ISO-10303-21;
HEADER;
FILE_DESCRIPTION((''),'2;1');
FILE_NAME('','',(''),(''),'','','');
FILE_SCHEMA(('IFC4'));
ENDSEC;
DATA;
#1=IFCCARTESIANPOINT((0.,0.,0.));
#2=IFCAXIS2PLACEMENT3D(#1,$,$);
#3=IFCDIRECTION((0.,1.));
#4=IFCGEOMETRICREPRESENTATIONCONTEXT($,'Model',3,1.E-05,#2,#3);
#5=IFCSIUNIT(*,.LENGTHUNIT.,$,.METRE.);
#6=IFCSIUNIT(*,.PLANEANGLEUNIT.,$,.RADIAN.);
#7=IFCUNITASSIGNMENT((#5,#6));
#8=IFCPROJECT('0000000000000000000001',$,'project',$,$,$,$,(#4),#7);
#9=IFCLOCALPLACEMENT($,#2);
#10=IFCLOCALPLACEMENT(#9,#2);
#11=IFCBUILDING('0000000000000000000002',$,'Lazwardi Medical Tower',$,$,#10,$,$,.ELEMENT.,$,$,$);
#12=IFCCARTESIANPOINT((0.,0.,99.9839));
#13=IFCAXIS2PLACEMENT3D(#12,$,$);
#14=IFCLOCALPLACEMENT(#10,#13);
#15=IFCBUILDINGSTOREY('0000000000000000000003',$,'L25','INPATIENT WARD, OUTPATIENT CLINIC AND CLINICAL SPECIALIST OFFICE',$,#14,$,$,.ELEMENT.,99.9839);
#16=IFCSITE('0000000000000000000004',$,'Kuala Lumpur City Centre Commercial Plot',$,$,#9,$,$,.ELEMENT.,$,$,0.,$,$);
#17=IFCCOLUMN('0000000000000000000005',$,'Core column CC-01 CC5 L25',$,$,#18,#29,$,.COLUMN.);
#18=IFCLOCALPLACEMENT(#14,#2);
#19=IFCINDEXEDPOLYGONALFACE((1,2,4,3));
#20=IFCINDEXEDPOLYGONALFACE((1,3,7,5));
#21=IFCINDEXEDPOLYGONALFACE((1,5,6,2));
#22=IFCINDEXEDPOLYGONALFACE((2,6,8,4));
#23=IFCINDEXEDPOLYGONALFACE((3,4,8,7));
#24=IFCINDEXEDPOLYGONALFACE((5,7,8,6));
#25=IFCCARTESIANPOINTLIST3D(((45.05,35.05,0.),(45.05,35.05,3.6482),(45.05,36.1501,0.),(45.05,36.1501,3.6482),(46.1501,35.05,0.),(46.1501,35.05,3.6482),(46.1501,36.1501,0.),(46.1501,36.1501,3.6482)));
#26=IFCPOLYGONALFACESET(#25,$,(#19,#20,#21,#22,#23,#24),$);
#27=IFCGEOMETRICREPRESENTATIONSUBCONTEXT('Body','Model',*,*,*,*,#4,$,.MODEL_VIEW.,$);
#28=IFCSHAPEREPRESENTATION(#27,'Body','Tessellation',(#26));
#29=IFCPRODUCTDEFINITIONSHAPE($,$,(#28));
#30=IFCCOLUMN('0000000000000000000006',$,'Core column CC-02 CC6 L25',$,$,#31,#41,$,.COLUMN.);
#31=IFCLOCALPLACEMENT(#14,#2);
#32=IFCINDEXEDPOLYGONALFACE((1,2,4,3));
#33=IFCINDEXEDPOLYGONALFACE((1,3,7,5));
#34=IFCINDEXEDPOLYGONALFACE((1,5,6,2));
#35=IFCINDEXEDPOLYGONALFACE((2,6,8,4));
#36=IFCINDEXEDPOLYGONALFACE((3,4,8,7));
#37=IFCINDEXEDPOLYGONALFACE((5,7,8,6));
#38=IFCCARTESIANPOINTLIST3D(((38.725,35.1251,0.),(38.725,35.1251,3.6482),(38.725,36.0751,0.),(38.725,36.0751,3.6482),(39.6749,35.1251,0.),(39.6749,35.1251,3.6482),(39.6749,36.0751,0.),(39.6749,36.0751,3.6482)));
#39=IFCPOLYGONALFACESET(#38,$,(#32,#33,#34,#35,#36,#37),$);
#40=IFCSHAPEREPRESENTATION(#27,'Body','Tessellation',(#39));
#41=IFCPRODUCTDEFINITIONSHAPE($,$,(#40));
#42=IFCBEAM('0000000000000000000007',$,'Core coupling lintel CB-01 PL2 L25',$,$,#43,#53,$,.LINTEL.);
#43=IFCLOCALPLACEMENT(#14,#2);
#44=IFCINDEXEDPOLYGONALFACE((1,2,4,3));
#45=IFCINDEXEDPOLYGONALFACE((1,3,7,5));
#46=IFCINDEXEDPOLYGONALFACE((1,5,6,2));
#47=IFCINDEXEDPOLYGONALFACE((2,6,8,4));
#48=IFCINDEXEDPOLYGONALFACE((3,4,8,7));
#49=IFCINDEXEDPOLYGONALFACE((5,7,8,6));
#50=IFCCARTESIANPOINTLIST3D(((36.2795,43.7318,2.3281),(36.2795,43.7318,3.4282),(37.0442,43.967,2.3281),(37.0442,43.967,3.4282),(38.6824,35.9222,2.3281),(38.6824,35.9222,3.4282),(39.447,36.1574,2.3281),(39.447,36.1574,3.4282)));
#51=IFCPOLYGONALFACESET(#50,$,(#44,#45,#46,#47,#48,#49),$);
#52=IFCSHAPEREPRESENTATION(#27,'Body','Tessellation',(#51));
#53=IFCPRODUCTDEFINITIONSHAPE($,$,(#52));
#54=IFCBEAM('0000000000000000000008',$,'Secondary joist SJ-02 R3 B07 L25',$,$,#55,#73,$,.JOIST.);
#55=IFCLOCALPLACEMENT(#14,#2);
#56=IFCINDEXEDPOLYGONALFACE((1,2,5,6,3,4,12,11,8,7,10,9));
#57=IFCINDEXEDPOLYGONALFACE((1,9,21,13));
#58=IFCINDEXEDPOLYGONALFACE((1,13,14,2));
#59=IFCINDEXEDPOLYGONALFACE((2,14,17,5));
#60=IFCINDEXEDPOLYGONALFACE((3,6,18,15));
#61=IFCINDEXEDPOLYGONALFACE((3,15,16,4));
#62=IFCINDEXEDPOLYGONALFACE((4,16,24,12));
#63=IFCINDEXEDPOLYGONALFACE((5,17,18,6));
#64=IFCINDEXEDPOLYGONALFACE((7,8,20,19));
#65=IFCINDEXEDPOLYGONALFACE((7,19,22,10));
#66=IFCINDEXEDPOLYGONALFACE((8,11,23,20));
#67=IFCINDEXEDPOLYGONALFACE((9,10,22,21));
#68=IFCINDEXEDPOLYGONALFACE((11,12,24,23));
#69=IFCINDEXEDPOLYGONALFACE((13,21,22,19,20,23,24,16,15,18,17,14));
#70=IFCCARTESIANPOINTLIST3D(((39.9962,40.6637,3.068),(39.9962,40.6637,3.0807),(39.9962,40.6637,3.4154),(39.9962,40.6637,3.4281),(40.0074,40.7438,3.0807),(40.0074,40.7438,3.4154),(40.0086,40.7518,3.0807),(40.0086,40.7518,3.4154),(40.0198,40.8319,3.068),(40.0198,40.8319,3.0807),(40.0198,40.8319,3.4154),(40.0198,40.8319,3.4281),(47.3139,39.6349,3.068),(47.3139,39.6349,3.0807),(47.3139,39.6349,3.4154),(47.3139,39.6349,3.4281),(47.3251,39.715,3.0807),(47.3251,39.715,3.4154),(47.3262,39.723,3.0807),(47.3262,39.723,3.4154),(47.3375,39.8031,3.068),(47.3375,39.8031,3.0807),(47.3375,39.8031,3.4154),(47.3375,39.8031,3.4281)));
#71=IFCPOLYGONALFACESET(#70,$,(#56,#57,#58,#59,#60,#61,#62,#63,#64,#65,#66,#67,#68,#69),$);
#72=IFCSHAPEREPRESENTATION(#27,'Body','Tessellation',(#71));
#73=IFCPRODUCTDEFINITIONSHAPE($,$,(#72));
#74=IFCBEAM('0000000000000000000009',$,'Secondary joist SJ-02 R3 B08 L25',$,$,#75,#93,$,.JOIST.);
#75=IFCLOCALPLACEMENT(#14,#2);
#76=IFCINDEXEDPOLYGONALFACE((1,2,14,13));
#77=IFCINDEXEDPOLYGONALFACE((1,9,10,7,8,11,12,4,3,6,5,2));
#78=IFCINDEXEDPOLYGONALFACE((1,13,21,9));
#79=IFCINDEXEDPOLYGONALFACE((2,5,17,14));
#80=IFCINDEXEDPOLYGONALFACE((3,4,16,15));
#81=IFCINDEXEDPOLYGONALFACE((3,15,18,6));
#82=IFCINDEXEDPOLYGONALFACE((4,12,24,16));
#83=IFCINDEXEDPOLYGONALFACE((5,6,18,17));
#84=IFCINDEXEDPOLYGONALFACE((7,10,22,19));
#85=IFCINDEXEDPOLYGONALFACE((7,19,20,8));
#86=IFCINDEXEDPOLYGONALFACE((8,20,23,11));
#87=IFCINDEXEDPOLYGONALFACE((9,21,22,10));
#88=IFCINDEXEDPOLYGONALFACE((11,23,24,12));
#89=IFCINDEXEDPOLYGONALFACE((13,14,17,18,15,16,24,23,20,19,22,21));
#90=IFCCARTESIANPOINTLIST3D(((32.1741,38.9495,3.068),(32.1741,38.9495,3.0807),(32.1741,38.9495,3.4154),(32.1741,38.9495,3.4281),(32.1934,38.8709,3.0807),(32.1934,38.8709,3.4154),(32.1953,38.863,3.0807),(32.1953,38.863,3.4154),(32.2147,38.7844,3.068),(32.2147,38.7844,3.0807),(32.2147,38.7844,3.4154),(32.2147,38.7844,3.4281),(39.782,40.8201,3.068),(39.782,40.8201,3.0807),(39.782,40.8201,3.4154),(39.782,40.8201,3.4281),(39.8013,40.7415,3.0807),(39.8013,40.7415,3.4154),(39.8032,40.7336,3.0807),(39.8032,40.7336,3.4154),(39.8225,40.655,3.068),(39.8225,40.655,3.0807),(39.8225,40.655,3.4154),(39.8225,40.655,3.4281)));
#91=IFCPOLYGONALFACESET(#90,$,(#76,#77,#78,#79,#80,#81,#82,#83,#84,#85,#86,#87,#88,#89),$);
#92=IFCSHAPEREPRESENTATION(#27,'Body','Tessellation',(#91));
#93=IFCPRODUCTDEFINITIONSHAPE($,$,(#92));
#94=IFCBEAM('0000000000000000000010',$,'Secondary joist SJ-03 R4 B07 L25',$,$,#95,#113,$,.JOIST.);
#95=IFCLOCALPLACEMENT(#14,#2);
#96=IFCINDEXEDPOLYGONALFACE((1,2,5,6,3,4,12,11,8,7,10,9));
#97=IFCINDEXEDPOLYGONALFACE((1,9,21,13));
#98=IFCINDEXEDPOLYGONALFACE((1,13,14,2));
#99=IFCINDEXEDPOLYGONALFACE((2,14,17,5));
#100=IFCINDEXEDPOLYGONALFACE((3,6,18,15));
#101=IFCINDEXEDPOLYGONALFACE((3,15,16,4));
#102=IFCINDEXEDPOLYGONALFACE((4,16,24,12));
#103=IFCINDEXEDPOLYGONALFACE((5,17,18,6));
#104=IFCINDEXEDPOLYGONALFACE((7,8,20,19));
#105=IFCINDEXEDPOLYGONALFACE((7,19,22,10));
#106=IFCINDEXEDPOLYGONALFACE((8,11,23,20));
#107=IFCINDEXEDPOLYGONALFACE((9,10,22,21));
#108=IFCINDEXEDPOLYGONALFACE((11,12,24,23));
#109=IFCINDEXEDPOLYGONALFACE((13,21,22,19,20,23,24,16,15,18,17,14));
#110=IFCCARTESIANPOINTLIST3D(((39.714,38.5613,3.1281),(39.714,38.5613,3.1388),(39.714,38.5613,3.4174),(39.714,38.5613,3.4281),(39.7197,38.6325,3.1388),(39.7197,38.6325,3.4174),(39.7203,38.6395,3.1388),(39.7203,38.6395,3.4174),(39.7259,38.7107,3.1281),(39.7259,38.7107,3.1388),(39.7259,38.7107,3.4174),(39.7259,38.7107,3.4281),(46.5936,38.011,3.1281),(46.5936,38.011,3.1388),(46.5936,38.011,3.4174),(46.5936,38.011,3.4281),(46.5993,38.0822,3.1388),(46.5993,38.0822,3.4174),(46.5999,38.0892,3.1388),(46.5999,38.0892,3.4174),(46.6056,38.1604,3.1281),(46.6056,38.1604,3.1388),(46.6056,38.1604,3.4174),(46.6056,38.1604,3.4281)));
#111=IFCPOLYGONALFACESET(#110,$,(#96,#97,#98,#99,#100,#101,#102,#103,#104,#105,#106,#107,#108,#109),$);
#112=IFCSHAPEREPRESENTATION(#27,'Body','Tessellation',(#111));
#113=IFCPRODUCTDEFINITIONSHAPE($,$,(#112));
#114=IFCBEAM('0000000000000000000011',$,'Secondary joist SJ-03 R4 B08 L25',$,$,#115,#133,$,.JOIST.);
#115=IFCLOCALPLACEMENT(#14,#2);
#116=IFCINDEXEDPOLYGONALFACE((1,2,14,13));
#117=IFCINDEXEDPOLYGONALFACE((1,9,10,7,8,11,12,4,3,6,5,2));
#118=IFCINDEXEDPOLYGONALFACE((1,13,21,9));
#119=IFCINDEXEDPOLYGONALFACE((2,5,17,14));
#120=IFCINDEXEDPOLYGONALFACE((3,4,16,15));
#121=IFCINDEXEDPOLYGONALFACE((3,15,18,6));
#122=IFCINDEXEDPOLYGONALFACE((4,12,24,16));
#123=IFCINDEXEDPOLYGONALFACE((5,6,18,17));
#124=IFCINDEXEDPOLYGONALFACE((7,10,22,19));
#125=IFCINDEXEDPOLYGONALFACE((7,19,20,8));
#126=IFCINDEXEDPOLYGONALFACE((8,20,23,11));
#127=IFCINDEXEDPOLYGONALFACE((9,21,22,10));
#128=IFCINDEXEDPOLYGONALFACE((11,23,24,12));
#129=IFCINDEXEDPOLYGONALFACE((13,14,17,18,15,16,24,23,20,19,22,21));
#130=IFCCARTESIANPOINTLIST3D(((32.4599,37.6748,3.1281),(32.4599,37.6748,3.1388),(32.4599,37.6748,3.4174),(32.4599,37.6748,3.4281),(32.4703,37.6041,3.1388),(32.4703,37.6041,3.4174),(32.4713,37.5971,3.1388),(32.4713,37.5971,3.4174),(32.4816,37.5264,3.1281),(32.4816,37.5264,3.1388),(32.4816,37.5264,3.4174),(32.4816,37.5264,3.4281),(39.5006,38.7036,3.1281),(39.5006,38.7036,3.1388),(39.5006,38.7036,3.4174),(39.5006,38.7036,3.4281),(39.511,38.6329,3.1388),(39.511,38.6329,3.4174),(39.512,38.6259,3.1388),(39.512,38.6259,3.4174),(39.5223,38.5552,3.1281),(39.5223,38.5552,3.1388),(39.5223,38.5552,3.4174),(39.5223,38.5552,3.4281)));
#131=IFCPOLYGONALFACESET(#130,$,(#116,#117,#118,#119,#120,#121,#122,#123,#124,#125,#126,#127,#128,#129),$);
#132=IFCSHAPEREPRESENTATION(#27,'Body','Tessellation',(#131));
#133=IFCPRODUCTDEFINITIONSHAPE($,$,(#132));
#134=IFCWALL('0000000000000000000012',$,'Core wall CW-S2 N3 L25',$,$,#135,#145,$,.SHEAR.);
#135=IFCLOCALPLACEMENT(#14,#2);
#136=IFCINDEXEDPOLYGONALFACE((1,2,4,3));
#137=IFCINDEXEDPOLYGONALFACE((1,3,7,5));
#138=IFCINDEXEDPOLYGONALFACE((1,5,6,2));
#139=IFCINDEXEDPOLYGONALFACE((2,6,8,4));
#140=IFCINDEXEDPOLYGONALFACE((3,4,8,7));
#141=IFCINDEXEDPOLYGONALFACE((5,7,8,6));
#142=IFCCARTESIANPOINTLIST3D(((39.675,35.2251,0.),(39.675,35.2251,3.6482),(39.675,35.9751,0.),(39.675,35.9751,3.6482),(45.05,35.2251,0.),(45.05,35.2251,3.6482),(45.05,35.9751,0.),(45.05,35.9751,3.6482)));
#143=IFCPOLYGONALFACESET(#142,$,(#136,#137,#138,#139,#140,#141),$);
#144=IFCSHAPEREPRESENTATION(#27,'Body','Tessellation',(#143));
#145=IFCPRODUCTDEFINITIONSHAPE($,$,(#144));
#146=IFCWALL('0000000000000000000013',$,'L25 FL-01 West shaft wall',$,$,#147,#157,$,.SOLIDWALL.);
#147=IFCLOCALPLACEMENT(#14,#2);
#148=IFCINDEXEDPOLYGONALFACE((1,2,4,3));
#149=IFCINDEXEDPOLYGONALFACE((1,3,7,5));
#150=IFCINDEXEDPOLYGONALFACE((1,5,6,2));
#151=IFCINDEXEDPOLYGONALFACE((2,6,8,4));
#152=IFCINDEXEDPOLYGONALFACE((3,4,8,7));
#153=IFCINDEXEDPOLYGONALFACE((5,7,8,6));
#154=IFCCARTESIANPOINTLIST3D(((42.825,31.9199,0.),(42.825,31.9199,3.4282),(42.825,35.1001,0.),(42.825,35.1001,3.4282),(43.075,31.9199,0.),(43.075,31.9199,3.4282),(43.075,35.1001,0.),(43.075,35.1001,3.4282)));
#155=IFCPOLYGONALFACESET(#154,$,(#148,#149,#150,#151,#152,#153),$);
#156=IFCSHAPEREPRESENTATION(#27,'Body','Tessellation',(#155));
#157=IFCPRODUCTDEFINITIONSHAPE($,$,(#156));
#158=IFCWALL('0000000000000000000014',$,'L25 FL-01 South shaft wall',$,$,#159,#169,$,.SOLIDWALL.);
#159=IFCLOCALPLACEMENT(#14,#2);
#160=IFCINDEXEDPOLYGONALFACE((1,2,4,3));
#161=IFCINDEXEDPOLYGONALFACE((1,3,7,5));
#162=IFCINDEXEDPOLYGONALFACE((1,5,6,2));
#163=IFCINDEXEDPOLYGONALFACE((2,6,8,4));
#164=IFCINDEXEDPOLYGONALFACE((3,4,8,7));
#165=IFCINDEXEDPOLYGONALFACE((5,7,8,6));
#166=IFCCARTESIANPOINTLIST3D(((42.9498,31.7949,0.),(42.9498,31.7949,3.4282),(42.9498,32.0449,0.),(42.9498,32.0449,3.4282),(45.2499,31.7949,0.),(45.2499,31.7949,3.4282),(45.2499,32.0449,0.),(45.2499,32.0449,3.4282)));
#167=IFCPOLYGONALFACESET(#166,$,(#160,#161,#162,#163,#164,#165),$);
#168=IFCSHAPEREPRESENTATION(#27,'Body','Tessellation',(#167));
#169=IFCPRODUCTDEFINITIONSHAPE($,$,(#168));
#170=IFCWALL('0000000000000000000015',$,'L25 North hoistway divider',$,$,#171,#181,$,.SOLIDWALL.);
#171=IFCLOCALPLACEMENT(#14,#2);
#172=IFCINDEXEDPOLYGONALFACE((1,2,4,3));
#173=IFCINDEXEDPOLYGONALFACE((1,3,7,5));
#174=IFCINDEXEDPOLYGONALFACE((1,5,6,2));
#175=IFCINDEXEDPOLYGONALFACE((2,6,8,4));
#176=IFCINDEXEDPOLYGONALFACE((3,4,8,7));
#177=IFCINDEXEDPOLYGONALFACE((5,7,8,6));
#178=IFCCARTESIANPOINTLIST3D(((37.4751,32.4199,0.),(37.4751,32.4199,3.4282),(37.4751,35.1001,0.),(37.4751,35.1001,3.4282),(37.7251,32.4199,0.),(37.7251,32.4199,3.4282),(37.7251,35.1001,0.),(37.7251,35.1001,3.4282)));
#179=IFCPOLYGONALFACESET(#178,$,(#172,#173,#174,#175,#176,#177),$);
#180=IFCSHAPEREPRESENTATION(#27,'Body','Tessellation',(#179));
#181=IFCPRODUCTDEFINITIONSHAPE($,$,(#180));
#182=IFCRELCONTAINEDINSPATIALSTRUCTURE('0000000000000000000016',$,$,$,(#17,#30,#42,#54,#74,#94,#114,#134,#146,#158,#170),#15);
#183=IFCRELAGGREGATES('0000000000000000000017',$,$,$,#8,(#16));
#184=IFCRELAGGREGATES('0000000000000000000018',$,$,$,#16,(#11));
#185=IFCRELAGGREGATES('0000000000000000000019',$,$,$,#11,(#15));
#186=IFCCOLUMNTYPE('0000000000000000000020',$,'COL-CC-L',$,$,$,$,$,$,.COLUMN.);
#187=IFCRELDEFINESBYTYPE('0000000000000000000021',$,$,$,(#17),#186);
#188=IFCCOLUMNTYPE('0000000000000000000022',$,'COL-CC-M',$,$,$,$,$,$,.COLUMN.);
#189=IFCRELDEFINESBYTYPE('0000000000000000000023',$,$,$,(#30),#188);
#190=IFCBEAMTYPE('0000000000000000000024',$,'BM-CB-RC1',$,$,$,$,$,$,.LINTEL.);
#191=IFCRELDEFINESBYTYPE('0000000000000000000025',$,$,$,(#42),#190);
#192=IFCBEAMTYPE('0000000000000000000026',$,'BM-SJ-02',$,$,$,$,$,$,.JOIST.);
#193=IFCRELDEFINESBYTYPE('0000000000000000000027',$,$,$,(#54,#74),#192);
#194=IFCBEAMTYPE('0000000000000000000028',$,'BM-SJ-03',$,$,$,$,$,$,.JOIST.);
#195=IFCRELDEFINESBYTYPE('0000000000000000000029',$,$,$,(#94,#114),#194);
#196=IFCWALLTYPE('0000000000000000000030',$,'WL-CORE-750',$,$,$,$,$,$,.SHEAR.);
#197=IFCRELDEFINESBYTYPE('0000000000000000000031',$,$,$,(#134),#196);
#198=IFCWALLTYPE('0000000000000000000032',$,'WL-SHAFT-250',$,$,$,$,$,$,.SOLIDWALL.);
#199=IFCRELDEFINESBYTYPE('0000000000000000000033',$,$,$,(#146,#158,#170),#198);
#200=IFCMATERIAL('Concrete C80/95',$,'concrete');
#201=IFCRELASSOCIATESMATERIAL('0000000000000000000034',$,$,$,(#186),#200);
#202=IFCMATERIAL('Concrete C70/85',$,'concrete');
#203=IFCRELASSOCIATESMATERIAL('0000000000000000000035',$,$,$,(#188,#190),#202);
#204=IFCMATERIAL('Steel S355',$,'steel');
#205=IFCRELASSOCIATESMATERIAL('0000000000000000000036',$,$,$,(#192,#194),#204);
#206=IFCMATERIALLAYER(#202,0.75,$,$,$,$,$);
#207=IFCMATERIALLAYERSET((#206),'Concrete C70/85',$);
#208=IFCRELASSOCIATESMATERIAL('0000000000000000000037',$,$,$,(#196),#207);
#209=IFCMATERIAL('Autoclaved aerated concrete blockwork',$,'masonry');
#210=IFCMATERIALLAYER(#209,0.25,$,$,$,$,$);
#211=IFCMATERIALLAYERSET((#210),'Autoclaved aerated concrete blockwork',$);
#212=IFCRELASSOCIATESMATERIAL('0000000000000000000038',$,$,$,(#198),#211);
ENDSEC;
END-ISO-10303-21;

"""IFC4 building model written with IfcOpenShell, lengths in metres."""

from ifc_helpers import new_model, si_unit, direction, frame, frame_2d, origin, origin_2d, place, context, subcontext, project, spatial, rectangle, i_section, extrude, material, layer, layer_set, material_profile, profile_set, type_object, element, save


model = new_model("IFC4")

# Units and contexts
model_context = context("Model", 3, precision=1e-05, world=origin(), true_north=direction((0.0, 1.0)))
body_context = subcontext(model_context, "Body", "Model", "MODEL_VIEW")
ifc_project = project(units=[si_unit("LENGTHUNIT", "METRE"), si_unit("PLANEANGLEUNIT", "RADIAN")], contexts=[model_context])

# Site, building, storey
site_placement = place(None, origin())
site = spatial("IfcSite", under=ifc_project, at=site_placement, Name="Kuala Lumpur City Centre Commercial Plot", CompositionType="ELEMENT", RefElevation=0.0)
building_placement = place(site_placement, origin())
building = spatial("IfcBuilding", under=site, at=building_placement, Name="Lazwardi Medical Tower", CompositionType="ELEMENT")
storey_placement = place(building_placement, frame((0.0, 0.0, 99.9839)))
storey = spatial("IfcBuildingStorey", under=building, at=storey_placement, Name="L25", Description="INPATIENT WARD, OUTPATIENT CLINIC AND CLINICAL SPECIALIST OFFICE", CompositionType="ELEMENT", Elevation=99.9839)

# Columns
ifc_material_1 = material(Name="Concrete C80/95", Category="concrete")
ifc_material_profile_1 = material_profile(ifc_material_1, rectangle(XDim=1.1001, YDim=1.1001, at=origin_2d()), Name="RC 1100x1100")
ifc_profile_set_1 = profile_set([ifc_material_profile_1], Name="Concrete C80/95")
column_type_1 = type_object("IfcColumnType", Name="COL-CC-L", PredefinedType="COLUMN", material=ifc_profile_set_1)
column_1_placement = place(storey_placement, frame((45.6001, 35.6001, 0.0), z_axis=(0.0, 0.0, 1.0), x_axis=(1.0, 0.0, 0.0)))
element("IfcColumn", 1, at=column_1_placement, inside=storey, type_object=column_type_1, Name="Core column CC-01 CC5 L25", PredefinedType="COLUMN", context=body_context, shape_type="SweptSolid", body=[
    extrude(rectangle(XDim=1.1001, YDim=1.1001, at=origin_2d()), origin(), (0.0, 0.0, 1.0), 3.6482),
])
ifc_material_2 = material(Name="Concrete C70/85", Category="concrete")
ifc_material_profile_2 = material_profile(ifc_material_2, rectangle(XDim=0.95, YDim=0.95, at=origin_2d()), Name="RC 950x950")
ifc_profile_set_2 = profile_set([ifc_material_profile_2], Name="Concrete C70/85")
column_type_2 = type_object("IfcColumnType", Name="COL-CC-M", PredefinedType="COLUMN", material=ifc_profile_set_2)
column_2_placement = place(storey_placement, frame((39.2, 35.6001, 0.0), z_axis=(0.0, 0.0, 1.0), x_axis=(1.0, 0.0, 0.0)))
element("IfcColumn", 2, at=column_2_placement, inside=storey, type_object=column_type_2, Name="Core column CC-02 CC6 L25", PredefinedType="COLUMN", context=body_context, shape_type="SweptSolid", body=[
    extrude(rectangle(XDim=0.95, YDim=0.95, at=origin_2d()), origin(), (0.0, 0.0, 1.0), 3.6482),
])

# Beams
ifc_material_profile_3 = material_profile(ifc_material_2, rectangle(XDim=0.8, YDim=1.1001, at=origin_2d()), Name="RC 800x1100")
ifc_profile_set_3 = profile_set([ifc_material_profile_3], Name="Concrete C70/85")
beam_type_1 = type_object("IfcBeamType", Name="BM-CB-RC1", PredefinedType="LINTEL", material=ifc_profile_set_3)
beam_1_placement = place(storey_placement, frame((39.0647, 36.0398, 2.8782), z_axis=(-0.294073, 0.955783, 0.0), x_axis=(-0.955783, -0.294073, 0.0)))
element("IfcBeam", 3, at=beam_1_placement, inside=storey, type_object=beam_type_1, Name="Core coupling lintel CB-01 PL2 L25", PredefinedType="LINTEL", context=body_context, shape_type="SweptSolid", body=[
    extrude(rectangle(XDim=0.8, YDim=1.1001, at=origin_2d()), origin(), (0.0, 0.0, 1.0), 8.1709),
])
ifc_material_3 = material(Name="Steel S355", Category="steel")
ifc_material_profile_4 = material_profile(ifc_material_3, i_section(OverallWidth=0.1699, OverallDepth=0.3601, WebThickness=0.0081, FlangeThickness=0.0127, at=origin_2d()), Name="IPE 360")
ifc_profile_set_4 = profile_set([ifc_material_profile_4], Name="Steel S355")
beam_type_2 = type_object("IfcBeamType", Name="BM-SJ-02", PredefinedType="JOIST", material=ifc_profile_set_4)
beam_2_placement = place(storey_placement, frame((47.3257, 39.719, 3.248), z_axis=(-0.990261, 0.139224, 0.0), x_axis=(-0.139224, -0.990261, 0.0)))
element("IfcBeam", 4, at=beam_2_placement, inside=storey, type_object=beam_type_2, Name="Secondary joist SJ-02 R3 B07 L25", PredefinedType="JOIST", context=body_context, shape_type="SweptSolid", body=[
    extrude(i_section(OverallWidth=0.1699, OverallDepth=0.3601, WebThickness=0.0081, FlangeThickness=0.0127, at=origin_2d()), origin(), (0.0, 0.0, 1.0), 7.3896),
])
beam_3_placement = place(storey_placement, frame((39.8022, 40.7375, 3.248), z_axis=(-0.971077, -0.238765, 0.0), x_axis=(0.238765, -0.971077, 0.0)))
element("IfcBeam", 5, at=beam_3_placement, inside=storey, type_object=beam_type_2, Name="Secondary joist SJ-02 R3 B08 L25", PredefinedType="JOIST", context=body_context, shape_type="SweptSolid", body=[
    extrude(i_section(OverallWidth=0.1699, OverallDepth=0.3601, WebThickness=0.0081, FlangeThickness=0.0127, at=origin_2d()), origin(), (0.0, 0.0, 1.0), 7.8345),
])
ifc_material_profile_5 = material_profile(ifc_material_3, i_section(OverallWidth=0.1499, OverallDepth=0.3, WebThickness=0.0071, FlangeThickness=0.0107, at=origin_2d()), Name="IPE 300")
ifc_profile_set_5 = profile_set([ifc_material_profile_5], Name="Steel S355")
beam_type_3 = type_object("IfcBeamType", Name="BM-SJ-03", PredefinedType="JOIST", material=ifc_profile_set_5)
beam_4_placement = place(storey_placement, frame((46.5996, 38.0857, 3.2781), z_axis=(-0.996816, 0.079734, 0.0), x_axis=(-0.079734, -0.996816, 0.0)))
element("IfcBeam", 6, at=beam_4_placement, inside=storey, type_object=beam_type_3, Name="Secondary joist SJ-03 R4 B07 L25", PredefinedType="JOIST", context=body_context, shape_type="SweptSolid", body=[
    extrude(i_section(OverallWidth=0.1499, OverallDepth=0.3, WebThickness=0.0071, FlangeThickness=0.0107, at=origin_2d()), origin(), (0.0, 0.0, 1.0), 6.9016),
])
beam_5_placement = place(storey_placement, frame((39.5115, 38.6294, 3.2781), z_axis=(-0.989492, -0.144586, 0.0), x_axis=(0.144586, -0.989492, 0.0)))
element("IfcBeam", 7, at=beam_5_placement, inside=storey, type_object=beam_type_3, Name="Secondary joist SJ-03 R4 B08 L25", PredefinedType="JOIST", context=body_context, shape_type="SweptSolid", body=[
    extrude(i_section(OverallWidth=0.1499, OverallDepth=0.3, WebThickness=0.0071, FlangeThickness=0.0107, at=origin_2d()), origin(), (0.0, 0.0, 1.0), 7.1155),
])

# Walls
ifc_layer_1 = layer(ifc_material_2, 0.75)
ifc_layer_set_1 = layer_set([ifc_layer_1], Name="Concrete C70/85")
wall_type_1 = type_object("IfcWallType", Name="WL-CORE-750", PredefinedType="SHEAR", material=ifc_layer_set_1)
wall_1_placement = place(storey_placement, frame((39.675, 35.6001, 0.0), z_axis=(0.0, 0.0, 1.0), x_axis=(1.0, 0.0, 0.0)))
element("IfcWall", 8, at=wall_1_placement, inside=storey, type_object=wall_type_1, Name="Core wall CW-S2 N3 L25", PredefinedType="SHEAR", context=body_context, shape_type="SweptSolid", body=[
    extrude(rectangle(XDim=5.375, YDim=0.75, at=frame_2d((2.6875, 0.0))), origin(), (0.0, 0.0, 1.0), 3.6482),
])
ifc_material_4 = material(Name="Autoclaved aerated concrete blockwork", Category="masonry")
ifc_layer_2 = layer(ifc_material_4, 0.25)
ifc_layer_set_2 = layer_set([ifc_layer_2], Name="Autoclaved aerated concrete blockwork")
wall_type_2 = type_object("IfcWallType", Name="WL-SHAFT-250", PredefinedType="SOLIDWALL", material=ifc_layer_set_2)
wall_2_placement = place(storey_placement, frame((42.95, 31.9199, 0.0), z_axis=(0.0, 0.0, 1.0), x_axis=(0.0, 1.0, 0.0)))
element("IfcWall", 9, at=wall_2_placement, inside=storey, type_object=wall_type_2, Name="L25 FL-01 West shaft wall", PredefinedType="SOLIDWALL", context=body_context, shape_type="SweptSolid", body=[
    extrude(rectangle(XDim=3.1802, YDim=0.25, at=frame_2d((1.5901, 0.0))), origin(), (0.0, 0.0, 1.0), 3.4282),
])
wall_3_placement = place(storey_placement, frame((42.95, 31.9199, 0.0), z_axis=(0.0, 0.0, 1.0), x_axis=(1.0, 0.0, 0.0)))
element("IfcWall", 10, at=wall_3_placement, inside=storey, type_object=wall_type_2, Name="L25 FL-01 South shaft wall", PredefinedType="SOLIDWALL", context=body_context, shape_type="SweptSolid", body=[
    extrude(rectangle(XDim=2.3, YDim=0.25, at=frame_2d((1.1499, 0.0))), origin(), (0.0, 0.0, 1.0), 3.4282),
])
for number, where, z_axis, x_axis, name in (
    (11, (37.6001, 32.4199, 0.0), (0.0, 0.0, 1.0), (0.0, 1.0, 0.0), "L25 North hoistway divider"),
):
    element("IfcWall", number, at=place(storey_placement, frame(where, z_axis=z_axis, x_axis=x_axis)), inside=storey, type_object=wall_type_2, Name=name, PredefinedType="SOLIDWALL", context=body_context, shape_type="SweptSolid", body=[
        extrude(rectangle(XDim=2.6802, YDim=0.25, at=frame_2d((1.3401, 0.0))), origin(), (0.0, 0.0, 1.0), 3.4282),
    ])

save(model, "model.ifc")
